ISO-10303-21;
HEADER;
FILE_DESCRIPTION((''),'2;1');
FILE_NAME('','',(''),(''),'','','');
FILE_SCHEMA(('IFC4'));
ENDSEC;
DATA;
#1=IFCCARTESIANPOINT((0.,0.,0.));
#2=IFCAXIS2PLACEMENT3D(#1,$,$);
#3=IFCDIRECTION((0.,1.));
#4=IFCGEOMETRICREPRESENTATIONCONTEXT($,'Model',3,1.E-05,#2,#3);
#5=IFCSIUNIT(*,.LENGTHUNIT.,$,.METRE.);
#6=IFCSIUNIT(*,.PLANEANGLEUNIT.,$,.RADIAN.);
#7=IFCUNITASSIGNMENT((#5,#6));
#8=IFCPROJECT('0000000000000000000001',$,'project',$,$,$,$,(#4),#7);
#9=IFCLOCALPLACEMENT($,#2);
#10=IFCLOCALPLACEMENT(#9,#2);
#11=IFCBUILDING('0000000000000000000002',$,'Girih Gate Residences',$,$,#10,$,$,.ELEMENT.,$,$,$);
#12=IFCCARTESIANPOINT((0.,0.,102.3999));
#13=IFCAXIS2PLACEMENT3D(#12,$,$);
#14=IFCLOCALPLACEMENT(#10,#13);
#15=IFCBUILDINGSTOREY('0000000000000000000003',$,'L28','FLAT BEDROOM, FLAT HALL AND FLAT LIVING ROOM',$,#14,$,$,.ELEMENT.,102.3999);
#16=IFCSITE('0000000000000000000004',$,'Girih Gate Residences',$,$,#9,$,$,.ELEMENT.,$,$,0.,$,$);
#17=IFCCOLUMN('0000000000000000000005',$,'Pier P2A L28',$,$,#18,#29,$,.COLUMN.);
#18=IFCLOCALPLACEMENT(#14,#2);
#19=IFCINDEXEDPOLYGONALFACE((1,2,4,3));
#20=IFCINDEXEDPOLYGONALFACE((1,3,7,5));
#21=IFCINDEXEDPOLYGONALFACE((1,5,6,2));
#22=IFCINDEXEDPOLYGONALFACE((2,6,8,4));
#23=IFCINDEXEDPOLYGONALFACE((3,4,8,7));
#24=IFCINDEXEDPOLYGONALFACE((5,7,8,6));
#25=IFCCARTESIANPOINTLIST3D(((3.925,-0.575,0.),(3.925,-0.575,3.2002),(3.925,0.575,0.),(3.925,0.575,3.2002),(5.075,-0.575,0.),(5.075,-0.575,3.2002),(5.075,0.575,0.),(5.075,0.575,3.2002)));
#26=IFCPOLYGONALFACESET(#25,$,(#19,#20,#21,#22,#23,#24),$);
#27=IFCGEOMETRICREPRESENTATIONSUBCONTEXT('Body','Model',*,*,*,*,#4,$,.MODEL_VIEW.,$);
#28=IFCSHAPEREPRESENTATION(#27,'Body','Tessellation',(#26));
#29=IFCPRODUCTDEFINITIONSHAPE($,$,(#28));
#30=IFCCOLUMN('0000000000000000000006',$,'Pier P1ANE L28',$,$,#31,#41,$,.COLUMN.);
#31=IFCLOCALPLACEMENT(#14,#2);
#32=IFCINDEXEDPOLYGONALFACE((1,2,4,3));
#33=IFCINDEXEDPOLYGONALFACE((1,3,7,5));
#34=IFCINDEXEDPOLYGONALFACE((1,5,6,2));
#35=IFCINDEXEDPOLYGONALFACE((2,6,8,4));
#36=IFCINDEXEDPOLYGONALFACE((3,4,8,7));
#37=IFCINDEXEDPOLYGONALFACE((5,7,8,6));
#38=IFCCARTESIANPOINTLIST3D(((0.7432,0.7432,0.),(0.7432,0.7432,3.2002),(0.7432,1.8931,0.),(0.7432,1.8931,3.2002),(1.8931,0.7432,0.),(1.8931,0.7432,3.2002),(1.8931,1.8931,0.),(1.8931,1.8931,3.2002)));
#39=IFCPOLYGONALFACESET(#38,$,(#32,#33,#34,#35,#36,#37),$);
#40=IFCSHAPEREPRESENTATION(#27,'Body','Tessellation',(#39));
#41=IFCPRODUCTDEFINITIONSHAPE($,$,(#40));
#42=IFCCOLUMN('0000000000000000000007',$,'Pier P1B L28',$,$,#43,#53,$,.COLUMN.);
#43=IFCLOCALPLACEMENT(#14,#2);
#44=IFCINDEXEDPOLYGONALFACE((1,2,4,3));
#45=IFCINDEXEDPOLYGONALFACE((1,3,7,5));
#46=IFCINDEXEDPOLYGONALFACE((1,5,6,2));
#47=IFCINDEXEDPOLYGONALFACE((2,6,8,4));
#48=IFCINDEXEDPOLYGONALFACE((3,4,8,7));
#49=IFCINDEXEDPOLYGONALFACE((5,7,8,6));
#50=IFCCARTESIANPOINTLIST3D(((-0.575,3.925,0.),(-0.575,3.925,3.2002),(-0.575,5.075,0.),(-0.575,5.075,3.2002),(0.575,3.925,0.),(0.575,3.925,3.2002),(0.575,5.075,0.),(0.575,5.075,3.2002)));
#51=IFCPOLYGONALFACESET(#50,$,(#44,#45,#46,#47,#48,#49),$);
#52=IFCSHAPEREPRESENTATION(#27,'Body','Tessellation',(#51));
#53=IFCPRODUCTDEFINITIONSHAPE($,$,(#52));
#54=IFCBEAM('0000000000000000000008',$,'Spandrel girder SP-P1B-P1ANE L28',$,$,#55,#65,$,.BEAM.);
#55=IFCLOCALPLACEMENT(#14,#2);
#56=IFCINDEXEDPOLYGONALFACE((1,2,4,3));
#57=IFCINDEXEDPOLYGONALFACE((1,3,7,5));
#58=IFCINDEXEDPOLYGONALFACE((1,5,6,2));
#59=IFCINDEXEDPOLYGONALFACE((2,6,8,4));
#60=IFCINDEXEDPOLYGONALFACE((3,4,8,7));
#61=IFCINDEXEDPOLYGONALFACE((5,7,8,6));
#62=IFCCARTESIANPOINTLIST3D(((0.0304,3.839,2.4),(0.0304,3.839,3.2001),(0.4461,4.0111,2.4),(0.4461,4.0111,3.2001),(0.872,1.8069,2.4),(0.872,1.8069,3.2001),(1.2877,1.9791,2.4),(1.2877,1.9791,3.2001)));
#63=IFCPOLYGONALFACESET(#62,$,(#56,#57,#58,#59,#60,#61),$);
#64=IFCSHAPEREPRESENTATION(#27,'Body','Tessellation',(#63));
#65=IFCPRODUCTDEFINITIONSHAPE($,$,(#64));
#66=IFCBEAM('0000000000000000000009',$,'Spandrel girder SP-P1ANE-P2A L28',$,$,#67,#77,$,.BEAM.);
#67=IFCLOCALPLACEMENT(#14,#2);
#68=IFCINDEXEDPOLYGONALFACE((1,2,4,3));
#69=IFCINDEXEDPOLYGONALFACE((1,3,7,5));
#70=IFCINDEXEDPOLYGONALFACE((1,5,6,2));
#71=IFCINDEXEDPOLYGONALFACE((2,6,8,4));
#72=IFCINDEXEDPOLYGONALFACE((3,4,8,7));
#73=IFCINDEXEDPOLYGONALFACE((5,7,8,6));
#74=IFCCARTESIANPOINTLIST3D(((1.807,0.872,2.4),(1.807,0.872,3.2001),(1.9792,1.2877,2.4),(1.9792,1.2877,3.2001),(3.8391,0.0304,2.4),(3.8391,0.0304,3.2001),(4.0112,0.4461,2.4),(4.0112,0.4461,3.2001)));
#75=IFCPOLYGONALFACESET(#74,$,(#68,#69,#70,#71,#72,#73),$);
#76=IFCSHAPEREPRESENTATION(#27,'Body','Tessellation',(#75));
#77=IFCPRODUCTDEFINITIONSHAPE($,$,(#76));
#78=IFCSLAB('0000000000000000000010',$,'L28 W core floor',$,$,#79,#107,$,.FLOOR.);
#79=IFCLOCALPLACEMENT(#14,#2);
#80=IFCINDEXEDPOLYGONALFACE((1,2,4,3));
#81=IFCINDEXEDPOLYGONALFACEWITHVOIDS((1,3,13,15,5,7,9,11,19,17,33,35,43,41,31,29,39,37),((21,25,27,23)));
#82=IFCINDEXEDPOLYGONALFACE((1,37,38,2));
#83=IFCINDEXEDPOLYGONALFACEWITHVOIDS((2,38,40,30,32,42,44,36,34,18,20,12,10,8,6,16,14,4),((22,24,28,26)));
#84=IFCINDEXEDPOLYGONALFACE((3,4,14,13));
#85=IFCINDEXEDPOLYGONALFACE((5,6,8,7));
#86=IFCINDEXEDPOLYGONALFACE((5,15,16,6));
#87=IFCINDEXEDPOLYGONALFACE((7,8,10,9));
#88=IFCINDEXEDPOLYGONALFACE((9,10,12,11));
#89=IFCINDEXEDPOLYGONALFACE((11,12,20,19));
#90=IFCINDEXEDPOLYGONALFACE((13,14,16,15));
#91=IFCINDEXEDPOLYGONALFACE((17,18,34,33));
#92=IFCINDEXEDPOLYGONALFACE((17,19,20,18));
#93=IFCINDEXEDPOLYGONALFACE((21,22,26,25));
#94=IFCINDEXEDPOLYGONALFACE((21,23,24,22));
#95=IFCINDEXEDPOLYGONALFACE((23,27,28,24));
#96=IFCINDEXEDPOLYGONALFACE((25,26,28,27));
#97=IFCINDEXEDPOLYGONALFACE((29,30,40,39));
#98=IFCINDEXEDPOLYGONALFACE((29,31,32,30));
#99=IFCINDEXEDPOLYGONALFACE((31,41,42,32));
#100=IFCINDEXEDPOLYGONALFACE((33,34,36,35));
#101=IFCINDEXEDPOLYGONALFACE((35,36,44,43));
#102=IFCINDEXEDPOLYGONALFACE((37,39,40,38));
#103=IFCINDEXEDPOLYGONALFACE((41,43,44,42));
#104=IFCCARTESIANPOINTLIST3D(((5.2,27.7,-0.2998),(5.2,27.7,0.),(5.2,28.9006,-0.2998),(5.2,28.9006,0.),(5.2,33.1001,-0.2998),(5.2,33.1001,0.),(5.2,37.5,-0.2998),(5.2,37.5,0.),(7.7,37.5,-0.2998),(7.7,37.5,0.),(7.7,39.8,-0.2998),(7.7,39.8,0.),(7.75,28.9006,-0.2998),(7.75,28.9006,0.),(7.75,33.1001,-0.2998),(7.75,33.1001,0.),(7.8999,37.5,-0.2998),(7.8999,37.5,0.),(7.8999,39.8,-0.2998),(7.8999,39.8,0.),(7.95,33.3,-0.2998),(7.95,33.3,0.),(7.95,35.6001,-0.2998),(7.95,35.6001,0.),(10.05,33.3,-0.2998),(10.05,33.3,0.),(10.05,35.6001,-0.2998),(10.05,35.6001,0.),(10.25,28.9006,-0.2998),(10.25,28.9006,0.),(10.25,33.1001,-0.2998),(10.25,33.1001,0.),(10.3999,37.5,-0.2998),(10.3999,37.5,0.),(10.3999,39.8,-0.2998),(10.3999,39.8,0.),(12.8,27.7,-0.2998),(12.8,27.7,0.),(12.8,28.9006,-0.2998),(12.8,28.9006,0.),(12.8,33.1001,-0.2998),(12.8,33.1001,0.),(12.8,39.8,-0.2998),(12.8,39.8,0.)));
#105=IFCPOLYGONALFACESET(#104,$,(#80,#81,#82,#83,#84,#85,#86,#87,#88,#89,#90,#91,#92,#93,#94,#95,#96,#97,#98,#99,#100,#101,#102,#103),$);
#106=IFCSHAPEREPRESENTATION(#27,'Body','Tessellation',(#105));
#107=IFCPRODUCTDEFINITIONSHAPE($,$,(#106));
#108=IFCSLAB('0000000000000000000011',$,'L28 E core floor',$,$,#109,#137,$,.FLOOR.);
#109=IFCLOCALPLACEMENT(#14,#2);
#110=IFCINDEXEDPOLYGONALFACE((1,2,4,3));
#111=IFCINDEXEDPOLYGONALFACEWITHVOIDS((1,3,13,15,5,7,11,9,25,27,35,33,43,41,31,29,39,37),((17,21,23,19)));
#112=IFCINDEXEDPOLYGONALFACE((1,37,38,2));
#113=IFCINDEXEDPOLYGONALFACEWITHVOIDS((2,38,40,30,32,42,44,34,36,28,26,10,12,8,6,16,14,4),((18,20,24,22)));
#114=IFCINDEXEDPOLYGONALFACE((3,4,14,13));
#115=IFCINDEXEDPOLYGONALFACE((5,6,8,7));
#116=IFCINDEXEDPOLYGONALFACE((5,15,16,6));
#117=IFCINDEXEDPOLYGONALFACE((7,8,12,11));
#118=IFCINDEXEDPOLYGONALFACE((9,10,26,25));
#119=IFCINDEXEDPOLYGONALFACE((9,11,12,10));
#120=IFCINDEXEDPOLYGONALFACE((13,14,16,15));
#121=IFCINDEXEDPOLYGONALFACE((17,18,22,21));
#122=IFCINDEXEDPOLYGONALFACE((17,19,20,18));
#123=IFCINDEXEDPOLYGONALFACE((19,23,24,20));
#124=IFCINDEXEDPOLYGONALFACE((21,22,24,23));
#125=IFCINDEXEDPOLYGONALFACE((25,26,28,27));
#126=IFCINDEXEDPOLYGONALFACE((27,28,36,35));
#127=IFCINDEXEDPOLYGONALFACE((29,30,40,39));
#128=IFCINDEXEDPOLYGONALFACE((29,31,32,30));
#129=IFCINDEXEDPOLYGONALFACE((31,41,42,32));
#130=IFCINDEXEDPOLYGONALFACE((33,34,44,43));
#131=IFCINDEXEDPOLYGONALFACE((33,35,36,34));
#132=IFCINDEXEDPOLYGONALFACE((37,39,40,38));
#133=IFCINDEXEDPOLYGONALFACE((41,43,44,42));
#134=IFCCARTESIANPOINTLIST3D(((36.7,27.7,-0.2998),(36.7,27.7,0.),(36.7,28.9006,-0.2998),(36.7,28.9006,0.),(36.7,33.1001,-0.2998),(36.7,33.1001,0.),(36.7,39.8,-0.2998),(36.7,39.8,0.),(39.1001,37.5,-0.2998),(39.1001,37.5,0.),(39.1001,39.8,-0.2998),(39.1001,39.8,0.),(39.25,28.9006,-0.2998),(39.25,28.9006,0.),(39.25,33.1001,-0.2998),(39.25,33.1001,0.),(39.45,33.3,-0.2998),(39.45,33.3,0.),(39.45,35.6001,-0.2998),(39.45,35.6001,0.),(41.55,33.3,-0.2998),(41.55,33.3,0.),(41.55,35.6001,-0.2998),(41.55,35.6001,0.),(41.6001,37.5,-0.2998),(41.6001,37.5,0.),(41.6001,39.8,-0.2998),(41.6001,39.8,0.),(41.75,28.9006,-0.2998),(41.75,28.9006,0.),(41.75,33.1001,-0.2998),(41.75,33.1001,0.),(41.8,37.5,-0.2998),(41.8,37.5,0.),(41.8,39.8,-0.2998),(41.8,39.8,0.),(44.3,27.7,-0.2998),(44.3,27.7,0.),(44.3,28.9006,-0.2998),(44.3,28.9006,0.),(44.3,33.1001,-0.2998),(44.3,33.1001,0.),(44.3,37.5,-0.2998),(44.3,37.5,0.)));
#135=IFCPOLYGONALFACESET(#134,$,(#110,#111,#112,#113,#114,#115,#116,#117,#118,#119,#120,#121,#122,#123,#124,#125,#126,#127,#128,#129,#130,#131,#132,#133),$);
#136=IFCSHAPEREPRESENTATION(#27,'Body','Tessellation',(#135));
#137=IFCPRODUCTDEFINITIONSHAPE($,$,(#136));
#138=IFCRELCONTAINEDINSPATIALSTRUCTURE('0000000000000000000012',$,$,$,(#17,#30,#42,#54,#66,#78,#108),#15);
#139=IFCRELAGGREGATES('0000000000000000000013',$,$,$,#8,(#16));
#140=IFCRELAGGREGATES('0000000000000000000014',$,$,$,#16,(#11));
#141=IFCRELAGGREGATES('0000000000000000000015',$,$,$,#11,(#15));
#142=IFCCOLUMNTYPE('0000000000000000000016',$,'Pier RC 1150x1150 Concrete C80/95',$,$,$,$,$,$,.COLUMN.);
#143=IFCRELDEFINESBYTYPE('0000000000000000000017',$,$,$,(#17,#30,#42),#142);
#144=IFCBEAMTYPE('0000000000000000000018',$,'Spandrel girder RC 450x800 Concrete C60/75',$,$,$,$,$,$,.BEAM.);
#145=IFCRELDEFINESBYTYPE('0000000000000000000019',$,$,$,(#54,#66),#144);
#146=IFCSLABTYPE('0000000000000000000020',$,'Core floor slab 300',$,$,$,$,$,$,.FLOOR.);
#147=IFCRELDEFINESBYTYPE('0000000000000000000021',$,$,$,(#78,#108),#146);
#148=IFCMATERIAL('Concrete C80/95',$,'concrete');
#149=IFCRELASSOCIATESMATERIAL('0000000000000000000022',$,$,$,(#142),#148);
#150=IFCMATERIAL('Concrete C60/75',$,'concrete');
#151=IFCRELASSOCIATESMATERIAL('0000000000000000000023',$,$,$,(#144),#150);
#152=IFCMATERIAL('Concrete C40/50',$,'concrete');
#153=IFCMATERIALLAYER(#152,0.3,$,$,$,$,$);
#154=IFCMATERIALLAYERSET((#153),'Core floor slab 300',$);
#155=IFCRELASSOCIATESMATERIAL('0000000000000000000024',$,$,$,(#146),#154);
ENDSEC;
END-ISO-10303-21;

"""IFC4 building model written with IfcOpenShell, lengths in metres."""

from ifc_helpers import new_model, si_unit, direction, frame, origin, origin_2d, place, context, subcontext, project, spatial, polyline, rectangle, outline, extrude, material, layer, layer_set, material_profile, profile_set, type_object, element, save


model = new_model("IFC4")

# Units and contexts
model_context = context("Model", 3, precision=1e-05, world=origin(), true_north=direction((0.0, 1.0)))
body_context = subcontext(model_context, "Body", "Model", "MODEL_VIEW")
ifc_project = project(units=[si_unit("LENGTHUNIT", "METRE"), si_unit("PLANEANGLEUNIT", "RADIAN")], contexts=[model_context])

# Site, building, storey
site_placement = place(None, origin())
site = spatial("IfcSite", under=ifc_project, at=site_placement, Name="Girih Gate Residences", CompositionType="ELEMENT", RefElevation=0.0)
building_placement = place(site_placement, origin())
building = spatial("IfcBuilding", under=site, at=building_placement, Name="Girih Gate Residences", CompositionType="ELEMENT")
storey_placement = place(building_placement, frame((0.0, 0.0, 102.3999)))
storey = spatial("IfcBuildingStorey", under=building, at=storey_placement, Name="L28", Description="FLAT BEDROOM, FLAT HALL AND FLAT LIVING ROOM", CompositionType="ELEMENT", Elevation=102.3999)

# Columns
ifc_material_1 = material(Name="Concrete C80/95", Category="concrete")
ifc_material_profile_1 = material_profile(ifc_material_1, rectangle(XDim=1.1499, YDim=1.1499, at=origin_2d()))
ifc_profile_set_1 = profile_set([ifc_material_profile_1], Name="Concrete C80/95")
column_type = type_object("IfcColumnType", Name="Pier RC 1150x1150 Concrete C80/95", PredefinedType="COLUMN", material=ifc_profile_set_1)
for number, where, z_axis, x_axis, name in (
    (1, (4.5, 0.0, 0.0), (0.0, 0.0, 1.0), (1.0, 0.0, 0.0), "Pier P2A L28"),
    (2, (1.3181, 1.3181, 0.0), (0.0, 0.0, 1.0), (1.0, 0.0, 0.0), "Pier P1ANE L28"),
    (3, (0.0, 4.5, 0.0), (0.0, 0.0, 1.0), (1.0, 0.0, 0.0), "Pier P1B L28"),
):
    element("IfcColumn", number, at=place(storey_placement, frame(where, z_axis=z_axis, x_axis=x_axis)), inside=storey, type_object=column_type, Name=name, PredefinedType="COLUMN", context=body_context, shape_type="SweptSolid", body=[
        extrude(rectangle(XDim=1.1499, YDim=1.1499, at=origin_2d()), origin(), (0.0, 0.0, 1.0), 3.2002),
    ])

# Beams
ifc_material_2 = material(Name="Concrete C60/75", Category="concrete")
ifc_material_profile_2 = material_profile(ifc_material_2, rectangle(XDim=0.45, YDim=0.8, at=origin_2d()))
ifc_profile_set_2 = profile_set([ifc_material_profile_2], Name="Concrete C60/75")
beam_type = type_object("IfcBeamType", Name="Spandrel girder RC 450x800 Concrete C60/75", PredefinedType="BEAM", material=ifc_profile_set_2)
for number, where, z_axis, x_axis, name in (
    (4, (0.2383, 3.925, 2.8), (0.382636, -0.923899, 0.0), (0.923899, 0.382636, 0.0), "Spandrel girder SP-P1B-P1ANE L28"),
    (5, (1.8931, 1.0798, 2.8), (0.923899, -0.382636, 0.0), (0.382636, 0.923899, 0.0), "Spandrel girder SP-P1ANE-P2A L28"),
):
    element("IfcBeam", number, at=place(storey_placement, frame(where, z_axis=z_axis, x_axis=x_axis)), inside=storey, type_object=beam_type, Name=name, PredefinedType="BEAM", context=body_context, shape_type="SweptSolid", body=[
        extrude(rectangle(XDim=0.45, YDim=0.8, at=origin_2d()), origin(), (0.0, 0.0, 1.0), 2.1995),
    ])

# Slabs
ifc_material_3 = material(Name="Concrete C40/50", Category="concrete")
ifc_layer_1 = layer(ifc_material_3, 0.3)
ifc_layer_set_1 = layer_set([ifc_layer_1], Name="Core floor slab 300")
slab_type_1 = type_object("IfcSlabType", Name="Core floor slab 300", PredefinedType="FLOOR", material=ifc_layer_set_1)
slab_1_placement = place(storey_placement, frame((0.0, 0.0, -0.2998)))
element("IfcSlab", 6, at=slab_1_placement, inside=storey, type_object=slab_type_1, Name="L28 W core floor", PredefinedType="FLOOR", context=body_context, shape_type="SweptSolid", body=[
    extrude(outline(polyline([(12.8, 27.7), (5.2, 27.7), (5.2, 28.9006), (7.75, 28.9006), (7.75, 33.1001), (5.2, 33.1001), (5.2, 37.5), (7.7, 37.5), (7.7, 39.8), (7.8999, 39.8), (7.8999, 37.5), (10.3999, 37.5), (10.3999, 39.8), (12.8, 39.8), (12.8, 33.1001), (10.25, 33.1001), (10.25, 28.9006), (12.8, 28.9006), (12.8, 27.7)]), holes=[polyline([(7.95, 33.3), (10.05, 33.3), (10.05, 35.6001), (7.95, 35.6001), (7.95, 33.3)])]), origin(), (0.0, 0.0, 1.0), 0.2998),
])
slab_2_placement = place(storey_placement, frame((0.0, 0.0, -0.2998)))
element("IfcSlab", 7, at=slab_2_placement, inside=storey, type_object=slab_type_1, Name="L28 E core floor", PredefinedType="FLOOR", context=body_context, shape_type="SweptSolid", body=[
    extrude(outline(polyline([(44.3, 27.7), (36.7, 27.7), (36.7, 28.9006), (39.25, 28.9006), (39.25, 33.1001), (36.7, 33.1001), (36.7, 39.8), (39.1001, 39.8), (39.1001, 37.5), (41.6001, 37.5), (41.6001, 39.8), (41.8, 39.8), (41.8, 37.5), (44.3, 37.5), (44.3, 33.1001), (41.75, 33.1001), (41.75, 28.9006), (44.3, 28.9006), (44.3, 27.7)]), holes=[polyline([(39.45, 33.3), (41.55, 33.3), (41.55, 35.6001), (39.45, 35.6001), (39.45, 33.3)])]), origin(), (0.0, 0.0, 1.0), 0.2998),
])

save(model, "model.ifc")
